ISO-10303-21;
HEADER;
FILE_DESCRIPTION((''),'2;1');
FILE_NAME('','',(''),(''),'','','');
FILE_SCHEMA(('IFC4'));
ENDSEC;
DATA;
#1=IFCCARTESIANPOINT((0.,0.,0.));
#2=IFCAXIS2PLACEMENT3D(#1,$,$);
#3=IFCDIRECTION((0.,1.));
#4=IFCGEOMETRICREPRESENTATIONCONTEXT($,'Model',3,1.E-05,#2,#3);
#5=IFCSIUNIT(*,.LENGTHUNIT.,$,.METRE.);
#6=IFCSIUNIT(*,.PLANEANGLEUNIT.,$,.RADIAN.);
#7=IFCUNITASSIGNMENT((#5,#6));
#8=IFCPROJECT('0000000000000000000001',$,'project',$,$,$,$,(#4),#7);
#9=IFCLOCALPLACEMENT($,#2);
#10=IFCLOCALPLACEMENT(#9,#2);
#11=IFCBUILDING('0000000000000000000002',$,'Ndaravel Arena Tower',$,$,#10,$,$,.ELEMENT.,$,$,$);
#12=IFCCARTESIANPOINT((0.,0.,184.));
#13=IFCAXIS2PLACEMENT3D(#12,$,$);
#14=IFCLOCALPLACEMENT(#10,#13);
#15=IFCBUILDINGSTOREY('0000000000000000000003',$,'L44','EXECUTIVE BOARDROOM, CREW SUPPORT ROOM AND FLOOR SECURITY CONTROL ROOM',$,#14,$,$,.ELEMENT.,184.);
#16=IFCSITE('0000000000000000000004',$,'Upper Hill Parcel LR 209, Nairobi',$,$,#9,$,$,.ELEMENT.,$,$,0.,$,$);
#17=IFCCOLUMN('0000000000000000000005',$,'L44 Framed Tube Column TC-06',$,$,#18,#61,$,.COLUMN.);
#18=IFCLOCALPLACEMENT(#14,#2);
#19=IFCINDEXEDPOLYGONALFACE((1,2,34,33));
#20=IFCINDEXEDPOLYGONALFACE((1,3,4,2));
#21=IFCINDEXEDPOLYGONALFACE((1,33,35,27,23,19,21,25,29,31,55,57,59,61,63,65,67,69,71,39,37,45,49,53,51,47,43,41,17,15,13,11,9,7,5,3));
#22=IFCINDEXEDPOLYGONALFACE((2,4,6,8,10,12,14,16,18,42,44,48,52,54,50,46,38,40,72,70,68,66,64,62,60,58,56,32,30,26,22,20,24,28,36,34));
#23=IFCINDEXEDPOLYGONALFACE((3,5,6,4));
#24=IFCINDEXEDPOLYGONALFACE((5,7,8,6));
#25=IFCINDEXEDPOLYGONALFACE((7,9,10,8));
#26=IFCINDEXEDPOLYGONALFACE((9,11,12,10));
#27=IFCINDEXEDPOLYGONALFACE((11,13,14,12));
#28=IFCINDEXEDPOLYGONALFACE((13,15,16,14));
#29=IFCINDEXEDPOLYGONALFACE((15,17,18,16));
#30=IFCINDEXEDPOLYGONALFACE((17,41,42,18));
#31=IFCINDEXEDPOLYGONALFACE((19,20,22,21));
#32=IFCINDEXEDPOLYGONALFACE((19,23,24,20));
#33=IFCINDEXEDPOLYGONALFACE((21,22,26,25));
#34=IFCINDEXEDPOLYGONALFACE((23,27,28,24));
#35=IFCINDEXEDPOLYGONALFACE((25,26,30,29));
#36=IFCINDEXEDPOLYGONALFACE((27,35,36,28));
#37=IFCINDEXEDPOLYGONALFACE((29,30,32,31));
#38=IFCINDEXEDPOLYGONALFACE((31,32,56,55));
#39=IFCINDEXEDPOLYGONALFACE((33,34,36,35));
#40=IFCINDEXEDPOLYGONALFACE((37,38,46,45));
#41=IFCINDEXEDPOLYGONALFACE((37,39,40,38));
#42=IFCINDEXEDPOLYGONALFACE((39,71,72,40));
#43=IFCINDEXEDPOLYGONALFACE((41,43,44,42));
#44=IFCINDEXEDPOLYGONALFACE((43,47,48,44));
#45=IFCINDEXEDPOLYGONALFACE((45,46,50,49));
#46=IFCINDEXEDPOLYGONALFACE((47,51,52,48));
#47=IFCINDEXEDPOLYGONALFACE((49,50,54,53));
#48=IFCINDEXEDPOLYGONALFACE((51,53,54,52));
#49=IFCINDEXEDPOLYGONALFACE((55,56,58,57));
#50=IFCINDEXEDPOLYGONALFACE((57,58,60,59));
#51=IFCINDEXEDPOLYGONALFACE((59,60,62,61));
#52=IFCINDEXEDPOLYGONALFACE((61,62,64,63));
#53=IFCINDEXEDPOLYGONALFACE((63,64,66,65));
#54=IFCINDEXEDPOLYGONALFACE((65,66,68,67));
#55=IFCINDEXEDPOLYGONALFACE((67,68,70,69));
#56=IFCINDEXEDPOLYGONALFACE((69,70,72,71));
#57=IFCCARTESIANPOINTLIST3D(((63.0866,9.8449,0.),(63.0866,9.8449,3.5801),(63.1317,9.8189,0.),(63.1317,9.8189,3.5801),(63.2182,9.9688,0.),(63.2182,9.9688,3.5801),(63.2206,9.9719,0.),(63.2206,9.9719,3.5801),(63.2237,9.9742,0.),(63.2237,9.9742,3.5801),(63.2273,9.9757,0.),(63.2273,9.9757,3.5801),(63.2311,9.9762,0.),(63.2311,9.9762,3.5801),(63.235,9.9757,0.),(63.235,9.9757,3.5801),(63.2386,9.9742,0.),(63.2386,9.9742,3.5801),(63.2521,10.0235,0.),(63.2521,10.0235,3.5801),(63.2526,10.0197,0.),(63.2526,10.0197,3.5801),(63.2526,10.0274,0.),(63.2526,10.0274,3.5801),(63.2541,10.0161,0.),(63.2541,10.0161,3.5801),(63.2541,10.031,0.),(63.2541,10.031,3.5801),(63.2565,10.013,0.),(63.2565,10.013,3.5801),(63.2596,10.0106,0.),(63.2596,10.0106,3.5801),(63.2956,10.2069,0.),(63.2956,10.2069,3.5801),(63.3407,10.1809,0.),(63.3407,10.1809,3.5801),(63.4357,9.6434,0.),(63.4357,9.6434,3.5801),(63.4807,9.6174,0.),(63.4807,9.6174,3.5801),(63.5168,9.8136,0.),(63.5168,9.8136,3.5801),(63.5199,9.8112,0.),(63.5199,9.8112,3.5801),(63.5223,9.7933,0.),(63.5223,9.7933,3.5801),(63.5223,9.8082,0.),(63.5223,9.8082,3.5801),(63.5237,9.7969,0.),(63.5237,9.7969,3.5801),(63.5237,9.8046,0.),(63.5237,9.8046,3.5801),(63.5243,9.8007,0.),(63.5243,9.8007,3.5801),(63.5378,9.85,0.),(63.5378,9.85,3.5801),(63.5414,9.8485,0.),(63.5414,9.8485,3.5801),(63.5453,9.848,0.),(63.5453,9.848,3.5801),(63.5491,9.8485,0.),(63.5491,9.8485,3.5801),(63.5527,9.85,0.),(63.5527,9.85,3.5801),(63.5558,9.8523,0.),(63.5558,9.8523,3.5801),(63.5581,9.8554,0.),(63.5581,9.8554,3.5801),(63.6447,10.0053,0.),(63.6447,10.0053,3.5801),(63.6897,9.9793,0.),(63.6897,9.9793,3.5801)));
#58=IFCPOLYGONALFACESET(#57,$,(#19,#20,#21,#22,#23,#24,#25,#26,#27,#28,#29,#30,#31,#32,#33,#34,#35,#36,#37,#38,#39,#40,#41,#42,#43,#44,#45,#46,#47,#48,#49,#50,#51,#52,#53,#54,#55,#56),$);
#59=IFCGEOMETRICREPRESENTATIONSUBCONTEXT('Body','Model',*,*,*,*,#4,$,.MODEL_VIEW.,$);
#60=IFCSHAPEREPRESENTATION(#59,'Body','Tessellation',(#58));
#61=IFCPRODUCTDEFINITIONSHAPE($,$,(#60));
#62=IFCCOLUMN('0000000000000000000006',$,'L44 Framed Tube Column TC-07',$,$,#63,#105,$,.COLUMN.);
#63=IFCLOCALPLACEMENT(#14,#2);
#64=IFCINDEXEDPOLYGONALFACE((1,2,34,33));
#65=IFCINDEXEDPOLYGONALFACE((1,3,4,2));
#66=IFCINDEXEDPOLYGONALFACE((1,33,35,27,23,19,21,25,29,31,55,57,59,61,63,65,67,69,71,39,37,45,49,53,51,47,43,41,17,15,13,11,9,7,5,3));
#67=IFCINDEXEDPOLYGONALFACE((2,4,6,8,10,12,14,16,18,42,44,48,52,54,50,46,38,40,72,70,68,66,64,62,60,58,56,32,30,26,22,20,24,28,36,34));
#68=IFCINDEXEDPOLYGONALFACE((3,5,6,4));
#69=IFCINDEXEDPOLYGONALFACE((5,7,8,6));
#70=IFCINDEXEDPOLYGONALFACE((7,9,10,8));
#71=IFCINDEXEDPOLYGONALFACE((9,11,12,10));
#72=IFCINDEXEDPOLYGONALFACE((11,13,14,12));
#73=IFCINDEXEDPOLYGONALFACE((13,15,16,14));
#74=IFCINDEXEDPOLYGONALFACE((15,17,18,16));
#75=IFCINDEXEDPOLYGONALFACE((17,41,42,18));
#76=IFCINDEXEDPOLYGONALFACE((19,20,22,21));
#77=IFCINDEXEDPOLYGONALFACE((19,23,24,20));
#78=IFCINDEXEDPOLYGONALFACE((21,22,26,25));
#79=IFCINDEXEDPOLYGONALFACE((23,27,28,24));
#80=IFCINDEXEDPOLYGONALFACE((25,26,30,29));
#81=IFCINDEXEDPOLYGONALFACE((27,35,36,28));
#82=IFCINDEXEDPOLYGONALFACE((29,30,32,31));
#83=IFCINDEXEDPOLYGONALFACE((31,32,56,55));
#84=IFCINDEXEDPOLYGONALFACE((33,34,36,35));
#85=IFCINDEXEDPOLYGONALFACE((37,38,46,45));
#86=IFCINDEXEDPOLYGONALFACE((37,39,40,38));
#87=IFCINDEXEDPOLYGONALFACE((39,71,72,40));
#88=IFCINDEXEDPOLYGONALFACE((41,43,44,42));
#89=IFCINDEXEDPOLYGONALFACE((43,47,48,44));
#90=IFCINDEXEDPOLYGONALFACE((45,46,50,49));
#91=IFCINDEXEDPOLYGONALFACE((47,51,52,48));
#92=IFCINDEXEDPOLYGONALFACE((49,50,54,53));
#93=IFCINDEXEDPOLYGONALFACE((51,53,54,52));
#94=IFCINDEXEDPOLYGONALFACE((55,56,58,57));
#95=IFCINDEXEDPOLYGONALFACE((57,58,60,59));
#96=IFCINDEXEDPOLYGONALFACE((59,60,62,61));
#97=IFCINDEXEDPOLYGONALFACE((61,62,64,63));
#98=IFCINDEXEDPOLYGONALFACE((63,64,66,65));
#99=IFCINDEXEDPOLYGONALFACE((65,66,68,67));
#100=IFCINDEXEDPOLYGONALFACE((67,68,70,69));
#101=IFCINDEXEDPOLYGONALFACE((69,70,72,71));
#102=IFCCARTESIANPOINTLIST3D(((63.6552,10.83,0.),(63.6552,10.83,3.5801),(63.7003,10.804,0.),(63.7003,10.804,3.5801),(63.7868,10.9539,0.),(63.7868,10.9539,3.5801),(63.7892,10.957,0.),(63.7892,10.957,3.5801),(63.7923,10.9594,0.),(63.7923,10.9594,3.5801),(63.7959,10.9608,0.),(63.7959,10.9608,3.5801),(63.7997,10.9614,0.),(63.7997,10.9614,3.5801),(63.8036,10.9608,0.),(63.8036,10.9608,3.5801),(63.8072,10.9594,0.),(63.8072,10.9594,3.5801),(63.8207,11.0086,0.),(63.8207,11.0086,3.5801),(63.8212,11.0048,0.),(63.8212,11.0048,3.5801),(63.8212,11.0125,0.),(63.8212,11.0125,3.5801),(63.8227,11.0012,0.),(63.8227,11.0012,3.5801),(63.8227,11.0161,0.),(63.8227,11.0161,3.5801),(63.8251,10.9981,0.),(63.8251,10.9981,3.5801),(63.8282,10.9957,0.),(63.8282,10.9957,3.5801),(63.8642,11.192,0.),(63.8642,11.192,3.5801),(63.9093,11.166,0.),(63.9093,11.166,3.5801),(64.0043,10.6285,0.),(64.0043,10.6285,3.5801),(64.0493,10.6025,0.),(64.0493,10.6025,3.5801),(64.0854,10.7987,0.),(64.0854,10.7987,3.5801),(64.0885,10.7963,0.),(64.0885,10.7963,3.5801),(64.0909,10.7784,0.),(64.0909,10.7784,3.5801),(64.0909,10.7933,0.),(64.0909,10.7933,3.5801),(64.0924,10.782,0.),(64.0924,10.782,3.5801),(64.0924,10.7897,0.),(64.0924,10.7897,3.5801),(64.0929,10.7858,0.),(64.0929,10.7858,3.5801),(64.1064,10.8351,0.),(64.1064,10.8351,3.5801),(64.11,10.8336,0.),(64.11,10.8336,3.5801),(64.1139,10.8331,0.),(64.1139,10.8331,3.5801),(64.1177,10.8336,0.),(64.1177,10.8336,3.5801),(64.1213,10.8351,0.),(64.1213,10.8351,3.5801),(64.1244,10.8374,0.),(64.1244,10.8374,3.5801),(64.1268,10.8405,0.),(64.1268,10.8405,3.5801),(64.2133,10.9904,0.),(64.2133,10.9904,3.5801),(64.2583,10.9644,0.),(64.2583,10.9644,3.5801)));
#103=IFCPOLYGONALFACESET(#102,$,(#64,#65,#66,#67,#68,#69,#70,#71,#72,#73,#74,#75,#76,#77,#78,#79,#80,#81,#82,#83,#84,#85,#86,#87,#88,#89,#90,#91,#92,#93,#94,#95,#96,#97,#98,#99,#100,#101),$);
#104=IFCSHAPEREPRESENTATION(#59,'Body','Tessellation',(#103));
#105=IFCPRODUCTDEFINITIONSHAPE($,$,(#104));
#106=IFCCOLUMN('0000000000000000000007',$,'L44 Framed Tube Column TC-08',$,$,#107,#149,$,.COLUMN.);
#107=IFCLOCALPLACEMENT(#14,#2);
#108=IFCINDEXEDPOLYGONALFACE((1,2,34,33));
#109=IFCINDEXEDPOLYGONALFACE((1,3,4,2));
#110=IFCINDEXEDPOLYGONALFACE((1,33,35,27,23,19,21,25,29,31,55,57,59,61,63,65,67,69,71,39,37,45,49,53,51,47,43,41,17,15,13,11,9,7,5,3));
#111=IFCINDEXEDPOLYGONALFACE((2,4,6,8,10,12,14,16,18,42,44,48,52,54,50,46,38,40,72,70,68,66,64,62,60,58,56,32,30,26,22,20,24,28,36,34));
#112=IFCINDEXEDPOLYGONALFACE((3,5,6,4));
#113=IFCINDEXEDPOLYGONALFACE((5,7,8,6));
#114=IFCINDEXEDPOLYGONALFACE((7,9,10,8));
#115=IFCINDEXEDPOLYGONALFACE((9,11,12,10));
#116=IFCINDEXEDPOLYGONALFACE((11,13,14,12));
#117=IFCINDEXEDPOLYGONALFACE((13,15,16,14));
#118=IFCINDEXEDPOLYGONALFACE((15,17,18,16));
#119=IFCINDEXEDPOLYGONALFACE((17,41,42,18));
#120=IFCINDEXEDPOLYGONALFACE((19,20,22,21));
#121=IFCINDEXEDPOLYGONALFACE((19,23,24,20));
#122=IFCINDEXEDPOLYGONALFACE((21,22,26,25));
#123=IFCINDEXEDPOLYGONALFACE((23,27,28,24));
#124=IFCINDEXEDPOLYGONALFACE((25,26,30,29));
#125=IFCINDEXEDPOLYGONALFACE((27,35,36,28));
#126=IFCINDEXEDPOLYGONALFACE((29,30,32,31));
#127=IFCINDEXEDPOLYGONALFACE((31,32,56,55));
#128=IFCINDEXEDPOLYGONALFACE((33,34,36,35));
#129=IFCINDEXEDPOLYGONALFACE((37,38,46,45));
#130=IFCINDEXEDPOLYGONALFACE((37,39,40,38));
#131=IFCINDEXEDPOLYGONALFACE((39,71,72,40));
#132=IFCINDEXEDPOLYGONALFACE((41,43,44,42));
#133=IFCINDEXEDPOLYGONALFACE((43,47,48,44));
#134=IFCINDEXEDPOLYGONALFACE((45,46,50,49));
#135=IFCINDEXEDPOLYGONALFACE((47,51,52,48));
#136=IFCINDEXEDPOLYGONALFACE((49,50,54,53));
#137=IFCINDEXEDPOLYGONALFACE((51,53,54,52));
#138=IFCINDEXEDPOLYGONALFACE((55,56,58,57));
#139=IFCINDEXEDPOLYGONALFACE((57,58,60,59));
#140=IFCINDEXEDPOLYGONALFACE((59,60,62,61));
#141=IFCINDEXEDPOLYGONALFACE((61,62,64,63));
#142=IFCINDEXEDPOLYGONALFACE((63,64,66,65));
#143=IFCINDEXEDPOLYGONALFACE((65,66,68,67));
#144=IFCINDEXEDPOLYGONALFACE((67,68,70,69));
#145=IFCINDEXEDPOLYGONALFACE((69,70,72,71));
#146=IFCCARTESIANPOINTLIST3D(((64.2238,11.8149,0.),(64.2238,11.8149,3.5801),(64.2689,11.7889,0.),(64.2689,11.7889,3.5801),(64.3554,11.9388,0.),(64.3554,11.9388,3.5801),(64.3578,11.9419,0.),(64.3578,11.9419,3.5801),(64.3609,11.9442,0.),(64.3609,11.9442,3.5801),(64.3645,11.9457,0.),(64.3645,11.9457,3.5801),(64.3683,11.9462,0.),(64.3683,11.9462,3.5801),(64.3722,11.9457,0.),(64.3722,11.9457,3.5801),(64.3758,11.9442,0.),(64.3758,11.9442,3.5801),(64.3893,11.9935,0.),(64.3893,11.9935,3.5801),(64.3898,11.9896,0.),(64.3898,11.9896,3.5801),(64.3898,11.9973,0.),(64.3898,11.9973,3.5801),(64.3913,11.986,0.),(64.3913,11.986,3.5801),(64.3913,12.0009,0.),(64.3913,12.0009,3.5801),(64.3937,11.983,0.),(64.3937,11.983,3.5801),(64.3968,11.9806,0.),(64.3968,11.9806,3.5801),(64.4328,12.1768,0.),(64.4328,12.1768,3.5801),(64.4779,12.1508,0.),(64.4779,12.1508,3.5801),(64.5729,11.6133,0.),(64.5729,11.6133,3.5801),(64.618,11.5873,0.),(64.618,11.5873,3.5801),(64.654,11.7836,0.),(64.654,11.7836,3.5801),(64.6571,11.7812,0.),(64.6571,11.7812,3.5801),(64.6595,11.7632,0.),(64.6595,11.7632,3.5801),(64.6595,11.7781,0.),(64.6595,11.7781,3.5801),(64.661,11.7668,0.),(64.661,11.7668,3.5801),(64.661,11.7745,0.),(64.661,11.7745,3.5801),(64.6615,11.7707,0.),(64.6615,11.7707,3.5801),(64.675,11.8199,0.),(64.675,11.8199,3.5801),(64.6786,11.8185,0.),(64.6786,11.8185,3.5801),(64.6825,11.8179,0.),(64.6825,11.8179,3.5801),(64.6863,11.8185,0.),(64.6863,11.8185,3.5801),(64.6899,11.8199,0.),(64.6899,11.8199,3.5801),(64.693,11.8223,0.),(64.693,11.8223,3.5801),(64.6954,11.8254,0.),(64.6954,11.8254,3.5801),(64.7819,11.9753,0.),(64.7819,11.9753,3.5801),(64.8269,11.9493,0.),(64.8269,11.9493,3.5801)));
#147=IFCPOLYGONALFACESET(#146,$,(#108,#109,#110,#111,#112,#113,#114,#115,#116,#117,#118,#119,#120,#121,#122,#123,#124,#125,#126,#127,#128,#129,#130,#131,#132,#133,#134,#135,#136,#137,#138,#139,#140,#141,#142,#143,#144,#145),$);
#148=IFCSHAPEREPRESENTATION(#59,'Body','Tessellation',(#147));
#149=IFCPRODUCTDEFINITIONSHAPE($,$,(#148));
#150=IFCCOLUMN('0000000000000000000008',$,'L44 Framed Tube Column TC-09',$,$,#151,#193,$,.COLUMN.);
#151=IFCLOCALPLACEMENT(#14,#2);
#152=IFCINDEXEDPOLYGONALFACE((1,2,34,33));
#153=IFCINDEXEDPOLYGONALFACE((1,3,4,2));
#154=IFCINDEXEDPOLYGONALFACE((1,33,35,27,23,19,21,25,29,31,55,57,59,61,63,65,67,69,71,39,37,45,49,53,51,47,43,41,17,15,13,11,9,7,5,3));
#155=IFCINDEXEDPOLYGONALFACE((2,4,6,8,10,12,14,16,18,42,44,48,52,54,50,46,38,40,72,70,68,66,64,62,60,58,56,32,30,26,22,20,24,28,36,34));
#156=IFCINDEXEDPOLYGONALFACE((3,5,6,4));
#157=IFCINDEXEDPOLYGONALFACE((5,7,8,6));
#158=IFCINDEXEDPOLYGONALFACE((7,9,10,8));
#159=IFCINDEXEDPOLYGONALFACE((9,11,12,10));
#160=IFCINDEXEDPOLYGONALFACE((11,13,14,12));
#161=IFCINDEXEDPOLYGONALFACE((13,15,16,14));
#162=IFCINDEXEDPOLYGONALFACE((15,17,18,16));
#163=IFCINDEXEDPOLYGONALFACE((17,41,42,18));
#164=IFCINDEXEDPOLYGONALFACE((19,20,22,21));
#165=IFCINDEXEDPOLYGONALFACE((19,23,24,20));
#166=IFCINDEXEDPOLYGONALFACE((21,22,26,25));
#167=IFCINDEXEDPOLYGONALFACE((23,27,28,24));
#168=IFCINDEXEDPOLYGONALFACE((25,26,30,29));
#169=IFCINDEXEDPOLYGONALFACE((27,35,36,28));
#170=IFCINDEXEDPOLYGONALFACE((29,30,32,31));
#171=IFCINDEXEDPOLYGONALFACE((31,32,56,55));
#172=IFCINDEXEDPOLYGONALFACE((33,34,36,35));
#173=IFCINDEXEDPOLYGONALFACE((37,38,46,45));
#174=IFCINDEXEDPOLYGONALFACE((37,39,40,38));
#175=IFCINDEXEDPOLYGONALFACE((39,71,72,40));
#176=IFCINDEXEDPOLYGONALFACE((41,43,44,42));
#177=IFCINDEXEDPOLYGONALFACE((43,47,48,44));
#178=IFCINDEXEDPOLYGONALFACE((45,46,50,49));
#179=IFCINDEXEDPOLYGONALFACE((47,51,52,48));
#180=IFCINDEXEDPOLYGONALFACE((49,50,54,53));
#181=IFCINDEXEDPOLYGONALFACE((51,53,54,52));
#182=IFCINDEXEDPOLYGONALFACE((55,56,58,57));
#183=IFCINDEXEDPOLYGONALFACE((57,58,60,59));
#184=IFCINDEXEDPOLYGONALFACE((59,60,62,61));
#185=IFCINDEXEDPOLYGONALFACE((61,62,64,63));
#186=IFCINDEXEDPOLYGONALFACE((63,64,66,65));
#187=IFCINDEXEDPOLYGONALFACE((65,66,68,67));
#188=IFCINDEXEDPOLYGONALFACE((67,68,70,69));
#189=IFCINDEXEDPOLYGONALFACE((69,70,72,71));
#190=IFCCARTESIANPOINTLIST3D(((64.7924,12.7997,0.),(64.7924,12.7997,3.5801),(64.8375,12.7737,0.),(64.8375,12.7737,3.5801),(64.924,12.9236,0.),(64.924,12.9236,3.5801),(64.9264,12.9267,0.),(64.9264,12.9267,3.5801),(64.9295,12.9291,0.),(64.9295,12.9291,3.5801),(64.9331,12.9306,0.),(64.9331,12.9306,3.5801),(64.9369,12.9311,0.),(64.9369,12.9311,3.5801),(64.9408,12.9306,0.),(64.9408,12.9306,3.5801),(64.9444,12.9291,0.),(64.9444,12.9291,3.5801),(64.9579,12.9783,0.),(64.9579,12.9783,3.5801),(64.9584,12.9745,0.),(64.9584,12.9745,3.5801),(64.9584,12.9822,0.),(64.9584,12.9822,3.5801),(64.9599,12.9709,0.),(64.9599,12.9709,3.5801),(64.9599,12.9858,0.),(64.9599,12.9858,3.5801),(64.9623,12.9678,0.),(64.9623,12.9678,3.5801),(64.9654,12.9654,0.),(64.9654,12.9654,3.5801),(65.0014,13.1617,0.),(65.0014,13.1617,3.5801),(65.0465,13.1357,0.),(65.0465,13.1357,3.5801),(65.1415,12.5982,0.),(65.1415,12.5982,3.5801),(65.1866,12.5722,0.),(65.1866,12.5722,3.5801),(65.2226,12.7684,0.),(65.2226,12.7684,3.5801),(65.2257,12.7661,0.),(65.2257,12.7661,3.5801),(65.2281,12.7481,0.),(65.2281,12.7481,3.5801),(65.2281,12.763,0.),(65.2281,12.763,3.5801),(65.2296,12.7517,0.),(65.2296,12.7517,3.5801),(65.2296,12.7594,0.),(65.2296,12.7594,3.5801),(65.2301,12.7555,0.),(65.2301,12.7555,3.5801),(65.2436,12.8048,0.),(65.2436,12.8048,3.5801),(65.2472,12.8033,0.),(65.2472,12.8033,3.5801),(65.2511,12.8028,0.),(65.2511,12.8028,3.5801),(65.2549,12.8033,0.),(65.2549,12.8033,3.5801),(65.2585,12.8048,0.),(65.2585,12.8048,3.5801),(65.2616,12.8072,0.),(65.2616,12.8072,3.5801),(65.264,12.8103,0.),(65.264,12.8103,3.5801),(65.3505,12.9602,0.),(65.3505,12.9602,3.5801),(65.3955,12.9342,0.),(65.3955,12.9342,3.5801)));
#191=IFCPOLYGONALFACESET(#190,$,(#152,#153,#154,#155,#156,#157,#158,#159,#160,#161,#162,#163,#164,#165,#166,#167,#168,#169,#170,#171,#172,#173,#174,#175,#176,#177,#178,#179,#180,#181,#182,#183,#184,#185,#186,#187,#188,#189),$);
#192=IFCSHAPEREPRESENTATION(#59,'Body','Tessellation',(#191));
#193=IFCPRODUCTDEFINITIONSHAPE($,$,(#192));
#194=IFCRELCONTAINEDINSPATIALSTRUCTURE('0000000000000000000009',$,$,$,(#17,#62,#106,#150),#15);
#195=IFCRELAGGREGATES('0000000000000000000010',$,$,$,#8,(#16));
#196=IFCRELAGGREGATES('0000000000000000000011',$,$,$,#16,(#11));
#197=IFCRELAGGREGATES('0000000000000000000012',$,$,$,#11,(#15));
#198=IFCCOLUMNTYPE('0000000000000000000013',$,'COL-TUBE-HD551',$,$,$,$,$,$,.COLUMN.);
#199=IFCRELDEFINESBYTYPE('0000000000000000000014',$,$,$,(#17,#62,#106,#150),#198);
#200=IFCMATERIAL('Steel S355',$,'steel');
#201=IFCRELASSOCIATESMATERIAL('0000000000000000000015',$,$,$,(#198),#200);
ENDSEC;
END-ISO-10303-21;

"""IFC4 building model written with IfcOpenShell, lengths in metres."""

from ifc_helpers import new_model, si_unit, direction, frame, origin, origin_2d, place, context, subcontext, project, spatial, i_section, extrude, material, material_profile, profile_set, type_object, element, save


model = new_model("IFC4")

# Units and contexts
model_context = context("Model", 3, precision=1e-05, world=origin(), true_north=direction((0.0, 1.0)))
body_context = subcontext(model_context, "Body", "Model", "MODEL_VIEW")
ifc_project = project(units=[si_unit("LENGTHUNIT", "METRE"), si_unit("PLANEANGLEUNIT", "RADIAN")], contexts=[model_context])

# Site, building, storey
site_placement = place(None, origin())
site = spatial("IfcSite", under=ifc_project, at=site_placement, Name="Upper Hill Parcel LR 209, Nairobi", CompositionType="ELEMENT", RefElevation=0.0)
building_placement = place(site_placement, origin())
building = spatial("IfcBuilding", under=site, at=building_placement, Name="Ndaravel Arena Tower", CompositionType="ELEMENT")
storey_placement = place(building_placement, frame((0.0, 0.0, 184.0)))
storey = spatial("IfcBuildingStorey", under=building, at=storey_placement, Name="L44", Description="EXECUTIVE BOARDROOM, CREW SUPPORT ROOM AND FLOOR SECURITY CONTROL ROOM", CompositionType="ELEMENT", Elevation=184.0)

# Columns
ifc_material_1 = material(Name="Steel S355", Category="steel")
ifc_material_profile_1 = material_profile(ifc_material_1, i_section(OverallWidth=0.418, OverallDepth=0.4551, WebThickness=0.042, FlangeThickness=0.052, FilletRadius=0.0149, at=origin_2d()), Name="HD 400x551")
ifc_profile_set_1 = profile_set([ifc_material_profile_1], Name="Steel S355")
column_type = type_object("IfcColumnType", Name="COL-TUBE-HD551", PredefinedType="COLUMN", material=ifc_profile_set_1)
for number, where, z_axis, x_axis, name in (
    (1, (63.3882, 9.9121, 0.0), (0.0, 0.0, 1.0), (0.5, 0.866025, 0.0), "L44 Framed Tube Column TC-06"),
    (2, (63.9568, 10.8972, 0.0), (0.0, 0.0, 1.0), (0.5, 0.866025, 0.0), "L44 Framed Tube Column TC-07"),
    (3, (64.5254, 11.8821, 0.0), (0.0, 0.0, 1.0), (0.5, 0.866025, 0.0), "L44 Framed Tube Column TC-08"),
    (4, (65.094, 12.8669, 0.0), (0.0, 0.0, 1.0), (0.5, 0.866025, 0.0), "L44 Framed Tube Column TC-09"),
):
    element("IfcColumn", number, at=place(storey_placement, frame(where, z_axis=z_axis, x_axis=x_axis)), inside=storey, type_object=column_type, Name=name, PredefinedType="COLUMN", context=body_context, shape_type="SweptSolid", body=[
        extrude(i_section(OverallWidth=0.418, OverallDepth=0.4551, WebThickness=0.042, FlangeThickness=0.052, FilletRadius=0.0149, at=origin_2d()), origin(), (0.0, 0.0, 1.0), 3.5801),
    ])

save(model, "model.ifc")
